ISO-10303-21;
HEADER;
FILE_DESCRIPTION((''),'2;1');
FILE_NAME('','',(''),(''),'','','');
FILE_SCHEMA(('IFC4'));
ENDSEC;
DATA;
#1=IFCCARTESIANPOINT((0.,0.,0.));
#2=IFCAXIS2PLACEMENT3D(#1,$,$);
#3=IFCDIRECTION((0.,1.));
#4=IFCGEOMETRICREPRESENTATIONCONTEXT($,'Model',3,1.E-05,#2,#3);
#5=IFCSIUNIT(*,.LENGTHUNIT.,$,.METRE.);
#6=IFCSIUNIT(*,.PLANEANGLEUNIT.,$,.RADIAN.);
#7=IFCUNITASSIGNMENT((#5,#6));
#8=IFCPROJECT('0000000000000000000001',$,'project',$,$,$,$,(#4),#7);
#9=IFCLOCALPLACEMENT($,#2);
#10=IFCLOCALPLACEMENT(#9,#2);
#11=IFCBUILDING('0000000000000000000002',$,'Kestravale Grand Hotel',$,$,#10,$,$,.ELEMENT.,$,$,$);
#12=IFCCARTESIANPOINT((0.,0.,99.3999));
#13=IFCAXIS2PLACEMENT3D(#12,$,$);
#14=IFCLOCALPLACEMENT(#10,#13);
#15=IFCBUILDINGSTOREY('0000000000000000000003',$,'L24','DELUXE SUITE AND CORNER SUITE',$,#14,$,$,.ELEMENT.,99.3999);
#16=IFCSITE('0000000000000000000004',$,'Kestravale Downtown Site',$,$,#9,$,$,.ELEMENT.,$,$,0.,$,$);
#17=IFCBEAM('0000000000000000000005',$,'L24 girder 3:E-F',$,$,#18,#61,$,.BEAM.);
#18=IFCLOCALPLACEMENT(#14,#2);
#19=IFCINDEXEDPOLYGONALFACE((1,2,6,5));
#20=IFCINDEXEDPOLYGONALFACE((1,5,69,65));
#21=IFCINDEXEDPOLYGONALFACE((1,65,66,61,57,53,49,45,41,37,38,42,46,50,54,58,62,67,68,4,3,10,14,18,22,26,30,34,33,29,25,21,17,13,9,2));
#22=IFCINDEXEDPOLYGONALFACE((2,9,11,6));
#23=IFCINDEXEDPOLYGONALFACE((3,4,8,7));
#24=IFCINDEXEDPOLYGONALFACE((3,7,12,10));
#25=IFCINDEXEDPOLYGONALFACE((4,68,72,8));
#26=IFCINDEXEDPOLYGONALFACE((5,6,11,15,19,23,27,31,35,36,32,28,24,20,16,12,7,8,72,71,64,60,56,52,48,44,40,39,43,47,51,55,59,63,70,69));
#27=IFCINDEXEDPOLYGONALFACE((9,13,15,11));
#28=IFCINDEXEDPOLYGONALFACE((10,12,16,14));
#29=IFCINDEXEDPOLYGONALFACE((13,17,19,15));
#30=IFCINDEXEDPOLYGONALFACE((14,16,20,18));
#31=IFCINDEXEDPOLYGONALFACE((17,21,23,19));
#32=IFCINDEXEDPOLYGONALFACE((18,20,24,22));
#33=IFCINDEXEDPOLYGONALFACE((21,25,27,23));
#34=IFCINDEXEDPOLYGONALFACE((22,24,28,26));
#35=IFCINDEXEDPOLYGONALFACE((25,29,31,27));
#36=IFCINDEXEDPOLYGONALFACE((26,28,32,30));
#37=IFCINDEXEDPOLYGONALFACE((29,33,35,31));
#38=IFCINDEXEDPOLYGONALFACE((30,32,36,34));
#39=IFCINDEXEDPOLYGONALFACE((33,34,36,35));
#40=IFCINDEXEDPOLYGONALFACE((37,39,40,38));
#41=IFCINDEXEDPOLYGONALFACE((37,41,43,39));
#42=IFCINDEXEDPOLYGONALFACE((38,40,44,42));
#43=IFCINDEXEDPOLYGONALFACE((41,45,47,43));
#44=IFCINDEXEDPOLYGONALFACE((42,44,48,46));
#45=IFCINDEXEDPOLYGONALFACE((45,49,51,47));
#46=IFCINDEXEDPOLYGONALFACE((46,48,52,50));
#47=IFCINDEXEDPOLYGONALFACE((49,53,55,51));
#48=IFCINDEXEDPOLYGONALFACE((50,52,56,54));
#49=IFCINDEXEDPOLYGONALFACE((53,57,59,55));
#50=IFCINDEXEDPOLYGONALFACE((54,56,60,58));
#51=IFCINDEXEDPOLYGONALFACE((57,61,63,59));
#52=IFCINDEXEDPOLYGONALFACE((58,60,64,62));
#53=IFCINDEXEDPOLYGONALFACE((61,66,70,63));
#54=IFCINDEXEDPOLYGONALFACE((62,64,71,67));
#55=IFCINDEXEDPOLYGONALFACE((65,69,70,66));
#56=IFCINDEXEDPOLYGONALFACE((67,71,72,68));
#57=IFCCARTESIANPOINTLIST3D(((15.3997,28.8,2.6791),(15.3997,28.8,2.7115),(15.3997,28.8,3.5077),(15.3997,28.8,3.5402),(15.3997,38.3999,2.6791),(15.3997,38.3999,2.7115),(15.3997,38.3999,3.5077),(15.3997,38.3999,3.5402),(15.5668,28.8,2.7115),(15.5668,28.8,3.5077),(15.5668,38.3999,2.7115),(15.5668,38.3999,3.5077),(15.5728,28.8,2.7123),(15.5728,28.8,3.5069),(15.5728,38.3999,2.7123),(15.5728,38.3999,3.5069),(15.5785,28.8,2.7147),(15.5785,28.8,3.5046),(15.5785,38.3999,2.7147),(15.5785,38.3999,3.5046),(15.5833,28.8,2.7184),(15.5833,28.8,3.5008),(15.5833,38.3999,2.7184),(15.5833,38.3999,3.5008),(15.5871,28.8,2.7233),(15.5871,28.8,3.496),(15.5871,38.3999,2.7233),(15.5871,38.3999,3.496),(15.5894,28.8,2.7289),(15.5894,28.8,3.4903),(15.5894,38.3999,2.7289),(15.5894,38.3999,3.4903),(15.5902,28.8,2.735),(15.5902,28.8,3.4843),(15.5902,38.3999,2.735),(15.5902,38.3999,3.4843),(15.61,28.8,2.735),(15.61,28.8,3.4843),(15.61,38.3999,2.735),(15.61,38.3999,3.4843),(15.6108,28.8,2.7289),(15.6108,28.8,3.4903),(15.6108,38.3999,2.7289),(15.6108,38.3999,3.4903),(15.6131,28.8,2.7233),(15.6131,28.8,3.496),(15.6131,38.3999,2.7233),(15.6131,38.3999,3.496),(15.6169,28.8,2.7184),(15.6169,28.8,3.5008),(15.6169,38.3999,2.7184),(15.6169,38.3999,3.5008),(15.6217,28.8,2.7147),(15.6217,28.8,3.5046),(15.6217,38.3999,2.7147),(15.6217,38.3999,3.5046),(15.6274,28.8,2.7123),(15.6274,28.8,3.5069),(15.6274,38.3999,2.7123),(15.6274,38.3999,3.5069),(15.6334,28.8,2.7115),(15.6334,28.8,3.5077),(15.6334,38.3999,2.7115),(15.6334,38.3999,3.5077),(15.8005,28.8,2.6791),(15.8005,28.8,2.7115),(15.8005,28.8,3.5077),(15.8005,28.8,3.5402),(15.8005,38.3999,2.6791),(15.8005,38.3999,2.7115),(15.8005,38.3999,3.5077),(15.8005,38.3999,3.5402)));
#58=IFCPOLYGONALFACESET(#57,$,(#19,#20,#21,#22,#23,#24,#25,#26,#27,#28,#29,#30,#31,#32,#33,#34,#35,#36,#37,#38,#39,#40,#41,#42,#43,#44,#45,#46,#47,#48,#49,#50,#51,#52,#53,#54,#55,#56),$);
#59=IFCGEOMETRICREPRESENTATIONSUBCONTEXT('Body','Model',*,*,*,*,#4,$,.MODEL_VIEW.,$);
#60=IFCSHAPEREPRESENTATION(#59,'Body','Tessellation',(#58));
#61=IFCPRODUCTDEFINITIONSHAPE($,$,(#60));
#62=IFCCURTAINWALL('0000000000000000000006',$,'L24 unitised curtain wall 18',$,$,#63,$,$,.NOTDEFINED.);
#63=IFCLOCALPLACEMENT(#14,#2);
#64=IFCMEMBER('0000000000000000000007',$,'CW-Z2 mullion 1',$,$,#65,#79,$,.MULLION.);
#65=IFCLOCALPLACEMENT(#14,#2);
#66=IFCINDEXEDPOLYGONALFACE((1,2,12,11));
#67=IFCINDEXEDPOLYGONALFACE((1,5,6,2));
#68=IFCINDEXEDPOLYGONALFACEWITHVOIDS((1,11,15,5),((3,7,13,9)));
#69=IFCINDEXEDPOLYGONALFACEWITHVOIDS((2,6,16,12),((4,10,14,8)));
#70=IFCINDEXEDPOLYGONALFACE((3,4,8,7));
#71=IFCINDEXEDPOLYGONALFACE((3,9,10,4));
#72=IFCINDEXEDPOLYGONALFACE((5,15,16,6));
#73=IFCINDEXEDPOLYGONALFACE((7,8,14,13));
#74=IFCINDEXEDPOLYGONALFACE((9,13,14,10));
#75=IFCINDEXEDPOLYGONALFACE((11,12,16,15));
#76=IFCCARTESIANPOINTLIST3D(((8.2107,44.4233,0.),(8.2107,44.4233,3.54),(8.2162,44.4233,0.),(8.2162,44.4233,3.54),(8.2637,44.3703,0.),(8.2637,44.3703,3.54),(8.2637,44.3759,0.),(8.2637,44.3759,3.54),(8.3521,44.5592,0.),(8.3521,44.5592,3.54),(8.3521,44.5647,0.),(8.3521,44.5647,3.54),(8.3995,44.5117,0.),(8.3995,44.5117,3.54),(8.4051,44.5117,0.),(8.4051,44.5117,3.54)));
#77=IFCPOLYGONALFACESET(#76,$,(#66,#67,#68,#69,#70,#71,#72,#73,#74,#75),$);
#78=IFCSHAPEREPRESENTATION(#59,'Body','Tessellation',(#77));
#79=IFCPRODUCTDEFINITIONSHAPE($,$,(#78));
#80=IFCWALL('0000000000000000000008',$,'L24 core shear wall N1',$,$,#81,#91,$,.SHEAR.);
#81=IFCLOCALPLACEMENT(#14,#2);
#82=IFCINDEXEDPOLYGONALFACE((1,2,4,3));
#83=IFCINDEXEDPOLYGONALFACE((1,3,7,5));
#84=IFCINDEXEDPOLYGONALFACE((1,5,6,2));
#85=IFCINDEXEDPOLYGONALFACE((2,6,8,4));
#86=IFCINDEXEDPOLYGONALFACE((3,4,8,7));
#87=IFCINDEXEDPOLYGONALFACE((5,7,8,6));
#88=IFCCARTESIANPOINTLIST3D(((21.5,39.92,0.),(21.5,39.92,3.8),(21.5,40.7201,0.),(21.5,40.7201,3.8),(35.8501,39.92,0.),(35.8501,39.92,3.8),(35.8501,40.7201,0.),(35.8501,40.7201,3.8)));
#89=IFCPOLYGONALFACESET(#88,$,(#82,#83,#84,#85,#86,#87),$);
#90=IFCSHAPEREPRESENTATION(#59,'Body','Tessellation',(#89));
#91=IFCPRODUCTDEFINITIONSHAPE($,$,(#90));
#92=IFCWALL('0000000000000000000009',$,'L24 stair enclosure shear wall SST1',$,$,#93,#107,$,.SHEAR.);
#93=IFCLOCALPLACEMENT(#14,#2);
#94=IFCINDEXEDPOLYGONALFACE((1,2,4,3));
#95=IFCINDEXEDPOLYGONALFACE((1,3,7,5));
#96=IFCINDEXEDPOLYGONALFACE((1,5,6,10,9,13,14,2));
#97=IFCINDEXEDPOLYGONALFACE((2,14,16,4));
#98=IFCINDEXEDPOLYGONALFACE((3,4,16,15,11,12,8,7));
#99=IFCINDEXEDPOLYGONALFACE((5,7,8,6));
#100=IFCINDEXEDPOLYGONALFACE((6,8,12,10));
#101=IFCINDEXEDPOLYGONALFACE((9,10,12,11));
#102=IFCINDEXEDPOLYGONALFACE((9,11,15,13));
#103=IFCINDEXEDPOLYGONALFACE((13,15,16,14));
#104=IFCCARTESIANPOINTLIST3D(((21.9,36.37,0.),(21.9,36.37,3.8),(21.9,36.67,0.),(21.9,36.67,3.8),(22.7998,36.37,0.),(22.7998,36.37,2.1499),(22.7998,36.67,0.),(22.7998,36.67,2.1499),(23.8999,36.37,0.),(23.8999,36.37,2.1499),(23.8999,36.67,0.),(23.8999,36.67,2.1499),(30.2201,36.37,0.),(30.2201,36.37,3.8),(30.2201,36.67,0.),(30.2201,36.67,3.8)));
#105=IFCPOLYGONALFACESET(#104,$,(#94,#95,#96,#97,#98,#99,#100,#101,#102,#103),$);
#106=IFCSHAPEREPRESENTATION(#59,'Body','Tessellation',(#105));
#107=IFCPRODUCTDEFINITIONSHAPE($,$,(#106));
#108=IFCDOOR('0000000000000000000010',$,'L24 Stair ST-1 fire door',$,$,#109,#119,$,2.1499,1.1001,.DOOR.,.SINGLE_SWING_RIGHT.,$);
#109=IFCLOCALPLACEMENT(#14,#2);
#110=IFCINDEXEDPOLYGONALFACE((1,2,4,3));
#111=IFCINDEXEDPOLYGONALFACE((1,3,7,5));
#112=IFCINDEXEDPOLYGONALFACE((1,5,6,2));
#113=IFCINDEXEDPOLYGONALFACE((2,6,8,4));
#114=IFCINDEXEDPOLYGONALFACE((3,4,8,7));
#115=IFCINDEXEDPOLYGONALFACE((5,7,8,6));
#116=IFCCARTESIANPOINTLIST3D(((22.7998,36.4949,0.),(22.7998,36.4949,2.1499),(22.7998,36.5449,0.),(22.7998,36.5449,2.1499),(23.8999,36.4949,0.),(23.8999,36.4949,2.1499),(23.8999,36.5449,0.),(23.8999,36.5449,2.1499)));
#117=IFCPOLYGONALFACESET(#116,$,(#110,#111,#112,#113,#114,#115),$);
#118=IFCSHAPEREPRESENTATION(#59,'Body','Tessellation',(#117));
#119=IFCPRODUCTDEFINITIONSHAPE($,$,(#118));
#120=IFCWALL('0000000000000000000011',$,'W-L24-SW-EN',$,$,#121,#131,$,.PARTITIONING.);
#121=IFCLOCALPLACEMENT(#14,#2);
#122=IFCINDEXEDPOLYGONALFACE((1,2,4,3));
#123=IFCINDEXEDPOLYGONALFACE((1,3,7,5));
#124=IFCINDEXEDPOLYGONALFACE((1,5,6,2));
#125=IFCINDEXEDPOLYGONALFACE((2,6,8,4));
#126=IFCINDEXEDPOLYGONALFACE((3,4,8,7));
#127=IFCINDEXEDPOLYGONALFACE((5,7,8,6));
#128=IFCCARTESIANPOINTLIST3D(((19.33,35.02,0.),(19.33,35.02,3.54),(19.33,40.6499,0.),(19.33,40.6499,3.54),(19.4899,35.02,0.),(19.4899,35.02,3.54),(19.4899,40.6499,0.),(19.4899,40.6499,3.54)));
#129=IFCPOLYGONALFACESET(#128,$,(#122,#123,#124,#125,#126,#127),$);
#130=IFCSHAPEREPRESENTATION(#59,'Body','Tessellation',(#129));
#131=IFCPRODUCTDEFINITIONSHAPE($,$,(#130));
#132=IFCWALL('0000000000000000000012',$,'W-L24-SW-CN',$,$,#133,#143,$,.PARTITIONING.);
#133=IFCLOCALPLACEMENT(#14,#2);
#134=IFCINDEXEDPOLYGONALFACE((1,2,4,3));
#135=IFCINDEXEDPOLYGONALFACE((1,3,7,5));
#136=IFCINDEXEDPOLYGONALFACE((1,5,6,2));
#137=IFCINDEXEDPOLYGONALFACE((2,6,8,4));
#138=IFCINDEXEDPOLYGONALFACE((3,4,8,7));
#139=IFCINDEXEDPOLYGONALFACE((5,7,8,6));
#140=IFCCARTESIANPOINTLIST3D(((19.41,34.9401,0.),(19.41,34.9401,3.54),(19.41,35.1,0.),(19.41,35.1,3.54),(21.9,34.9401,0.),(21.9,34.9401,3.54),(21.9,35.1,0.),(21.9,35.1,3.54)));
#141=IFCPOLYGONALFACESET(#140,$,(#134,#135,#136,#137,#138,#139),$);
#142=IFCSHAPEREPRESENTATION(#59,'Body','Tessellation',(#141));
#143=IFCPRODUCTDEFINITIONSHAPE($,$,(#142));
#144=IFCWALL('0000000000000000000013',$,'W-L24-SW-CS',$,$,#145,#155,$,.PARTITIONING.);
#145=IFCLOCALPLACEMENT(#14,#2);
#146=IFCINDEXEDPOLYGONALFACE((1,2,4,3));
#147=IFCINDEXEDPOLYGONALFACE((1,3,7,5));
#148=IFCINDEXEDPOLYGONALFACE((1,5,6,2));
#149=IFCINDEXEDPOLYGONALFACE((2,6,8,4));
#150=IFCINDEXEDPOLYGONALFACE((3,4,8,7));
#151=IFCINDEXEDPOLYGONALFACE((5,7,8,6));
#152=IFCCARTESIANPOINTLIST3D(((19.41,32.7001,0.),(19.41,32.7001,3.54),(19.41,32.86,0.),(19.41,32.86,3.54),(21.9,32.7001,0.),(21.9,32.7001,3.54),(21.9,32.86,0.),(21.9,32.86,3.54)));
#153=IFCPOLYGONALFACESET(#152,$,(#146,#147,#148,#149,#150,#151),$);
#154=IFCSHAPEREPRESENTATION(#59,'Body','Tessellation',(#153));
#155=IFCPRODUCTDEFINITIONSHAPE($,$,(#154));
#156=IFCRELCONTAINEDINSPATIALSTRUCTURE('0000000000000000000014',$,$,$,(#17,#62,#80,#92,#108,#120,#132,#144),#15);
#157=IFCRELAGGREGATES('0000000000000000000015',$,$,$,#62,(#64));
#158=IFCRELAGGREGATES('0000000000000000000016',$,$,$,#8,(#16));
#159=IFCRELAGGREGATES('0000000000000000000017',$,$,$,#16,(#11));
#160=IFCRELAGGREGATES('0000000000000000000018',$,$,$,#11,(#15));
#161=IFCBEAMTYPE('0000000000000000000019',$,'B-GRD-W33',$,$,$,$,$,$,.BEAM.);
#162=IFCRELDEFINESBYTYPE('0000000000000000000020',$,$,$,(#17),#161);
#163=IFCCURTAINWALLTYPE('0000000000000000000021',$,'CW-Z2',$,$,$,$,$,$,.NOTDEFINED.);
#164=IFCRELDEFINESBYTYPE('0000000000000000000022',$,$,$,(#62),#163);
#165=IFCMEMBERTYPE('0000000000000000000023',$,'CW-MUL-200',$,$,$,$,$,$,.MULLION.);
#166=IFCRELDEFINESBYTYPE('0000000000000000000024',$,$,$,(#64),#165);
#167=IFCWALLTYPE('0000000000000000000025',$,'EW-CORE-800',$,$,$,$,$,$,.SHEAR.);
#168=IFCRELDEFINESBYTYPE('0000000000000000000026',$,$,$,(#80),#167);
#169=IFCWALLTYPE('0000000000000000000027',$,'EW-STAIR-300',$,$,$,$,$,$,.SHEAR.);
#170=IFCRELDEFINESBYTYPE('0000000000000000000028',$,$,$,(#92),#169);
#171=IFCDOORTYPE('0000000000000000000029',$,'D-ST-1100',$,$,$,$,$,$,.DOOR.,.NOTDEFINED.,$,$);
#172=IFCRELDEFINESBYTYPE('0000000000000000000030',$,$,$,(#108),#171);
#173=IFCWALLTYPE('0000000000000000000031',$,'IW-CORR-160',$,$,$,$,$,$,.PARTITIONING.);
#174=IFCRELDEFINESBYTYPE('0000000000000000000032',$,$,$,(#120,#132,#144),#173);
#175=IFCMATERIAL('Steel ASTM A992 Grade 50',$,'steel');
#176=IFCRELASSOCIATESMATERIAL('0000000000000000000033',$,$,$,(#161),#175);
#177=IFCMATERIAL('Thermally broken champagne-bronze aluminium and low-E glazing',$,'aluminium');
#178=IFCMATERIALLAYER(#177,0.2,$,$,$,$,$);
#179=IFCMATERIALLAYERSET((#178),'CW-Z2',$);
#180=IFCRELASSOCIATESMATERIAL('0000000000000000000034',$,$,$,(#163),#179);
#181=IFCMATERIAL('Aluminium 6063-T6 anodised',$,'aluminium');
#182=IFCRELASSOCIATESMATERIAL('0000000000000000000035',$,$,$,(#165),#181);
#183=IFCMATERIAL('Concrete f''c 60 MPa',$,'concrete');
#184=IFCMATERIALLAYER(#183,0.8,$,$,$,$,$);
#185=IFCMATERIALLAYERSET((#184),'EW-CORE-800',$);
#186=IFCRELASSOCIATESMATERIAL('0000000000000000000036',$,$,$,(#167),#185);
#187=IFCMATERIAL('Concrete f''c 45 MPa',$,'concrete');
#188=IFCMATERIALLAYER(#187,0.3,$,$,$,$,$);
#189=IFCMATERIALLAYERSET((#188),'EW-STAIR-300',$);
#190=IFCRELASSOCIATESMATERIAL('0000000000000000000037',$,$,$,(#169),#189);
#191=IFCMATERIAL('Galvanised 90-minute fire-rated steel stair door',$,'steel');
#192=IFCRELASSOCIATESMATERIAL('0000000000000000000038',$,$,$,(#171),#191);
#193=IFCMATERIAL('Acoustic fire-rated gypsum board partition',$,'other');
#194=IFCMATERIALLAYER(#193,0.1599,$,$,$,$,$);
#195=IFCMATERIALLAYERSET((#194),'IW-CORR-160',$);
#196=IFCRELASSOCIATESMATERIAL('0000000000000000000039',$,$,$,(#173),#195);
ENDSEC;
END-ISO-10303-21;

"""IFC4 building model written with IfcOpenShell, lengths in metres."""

from ifc_helpers import new_model, si_unit, direction, frame, frame_2d, origin, origin_2d, place, context, subcontext, project, spatial, rectangle, hollow_rectangle, i_section, extrude, material, layer, layer_set, material_profile, profile_set, type_object, element, fill, aggregate, save


model = new_model("IFC4")

# Units and contexts
model_context = context("Model", 3, precision=1e-05, world=origin(), true_north=direction((0.0, 1.0)))
body_context = subcontext(model_context, "Body", "Model", "MODEL_VIEW")
ifc_project = project(units=[si_unit("LENGTHUNIT", "METRE"), si_unit("PLANEANGLEUNIT", "RADIAN")], contexts=[model_context])

# Site, building, storey
site_placement = place(None, origin())
site = spatial("IfcSite", under=ifc_project, at=site_placement, Name="Kestravale Downtown Site", CompositionType="ELEMENT", RefElevation=0.0)
building_placement = place(site_placement, origin())
building = spatial("IfcBuilding", under=site, at=building_placement, Name="Kestravale Grand Hotel", CompositionType="ELEMENT")
storey_placement = place(building_placement, frame((0.0, 0.0, 99.3999)))
storey = spatial("IfcBuildingStorey", under=building, at=storey_placement, Name="L24", Description="DELUXE SUITE AND CORNER SUITE", CompositionType="ELEMENT", Elevation=99.3999)

# Beam
ifc_material_1 = material(Name="Steel ASTM A992 Grade 50", Category="steel")
ifc_material_profile_1 = material_profile(ifc_material_1, i_section(OverallWidth=0.4009, OverallDepth=0.8611, WebThickness=0.0198, FlangeThickness=0.0325, FilletRadius=0.0234, at=origin_2d()))
ifc_profile_set_1 = profile_set([ifc_material_profile_1], Name="Steel ASTM A992 Grade 50")
beam_type_1 = type_object("IfcBeamType", Name="B-GRD-W33", PredefinedType="BEAM", material=ifc_profile_set_1)
beam_1_placement = place(storey_placement, frame((15.6001, 28.8, 3.1096), z_axis=(0.0, 1.0, 0.0), x_axis=(-1.0, 0.0, 0.0)))
element("IfcBeam", 1, at=beam_1_placement, inside=storey, type_object=beam_type_1, Name="L24 girder 3:E-F", PredefinedType="BEAM", context=body_context, shape_type="SweptSolid", body=[
    extrude(i_section(OverallWidth=0.4009, OverallDepth=0.8611, WebThickness=0.0198, FlangeThickness=0.0325, FilletRadius=0.0234, at=origin_2d()), origin(), (0.0, 0.0, 1.0), 9.5999),
])

# Curtain wall, member
ifc_material_2 = material(Name="Thermally broken champagne-bronze aluminium and low-E glazing", Category="aluminium")
ifc_layer_1 = layer(ifc_material_2, 0.2)
ifc_layer_set_1 = layer_set([ifc_layer_1], Name="CW-Z2")
curtain_wall_type = type_object("IfcCurtainWallType", Name="CW-Z2", PredefinedType="NOTDEFINED", material=ifc_layer_set_1)
curtain_wall_placement = place(storey_placement, origin())
curtain_wall = element("IfcCurtainWall", 2, at=curtain_wall_placement, inside=storey, type_object=curtain_wall_type, Name="L24 unitised curtain wall 18", PredefinedType="NOTDEFINED")
ifc_material_3 = material(Name="Aluminium 6063-T6 anodised", Category="aluminium")
ifc_material_profile_2 = material_profile(ifc_material_3, hollow_rectangle(XDim=0.075, YDim=0.2, WallThickness=0.0039, at=origin_2d()))
ifc_profile_set_2 = profile_set([ifc_material_profile_2], Name="Aluminium 6063-T6 anodised")
member_type = type_object("IfcMemberType", Name="CW-MUL-200", PredefinedType="MULLION", material=ifc_profile_set_2)
member_placement = place(storey_placement, frame((8.3079, 44.4675, 0.0), z_axis=(0.0, 0.0, 1.0), x_axis=(0.707107, -0.707107, 0.0)))
member = element("IfcMember", 3, at=member_placement, type_object=member_type, Name="CW-Z2 mullion 1", PredefinedType="MULLION", context=body_context, shape_type="SweptSolid", body=[
    extrude(hollow_rectangle(XDim=0.075, YDim=0.2, WallThickness=0.0039, at=origin_2d()), origin(), (0.0, 0.0, 1.0), 3.54),
])
aggregate(curtain_wall, [member])

# Wall
ifc_material_4 = material(Name="Concrete f'c 60 MPa", Category="concrete")
ifc_layer_2 = layer(ifc_material_4, 0.8)
ifc_layer_set_2 = layer_set([ifc_layer_2], Name="EW-CORE-800")
wall_type_1 = type_object("IfcWallType", Name="EW-CORE-800", PredefinedType="SHEAR", material=ifc_layer_set_2)
wall_1_placement = place(storey_placement, frame((21.5, 40.3201, 0.0), z_axis=(0.0, 0.0, 1.0), x_axis=(1.0, 0.0, 0.0)))
element("IfcWall", 4, at=wall_1_placement, inside=storey, type_object=wall_type_1, Name="L24 core shear wall N1", PredefinedType="SHEAR", context=body_context, shape_type="SweptSolid", body=[
    extrude(rectangle(XDim=14.3501, YDim=0.8, at=frame_2d((7.175, 0.0))), origin(), (0.0, 0.0, 1.0), 3.8),
])

# Wall, opening, door
ifc_material_5 = material(Name="Concrete f'c 45 MPa", Category="concrete")
ifc_layer_3 = layer(ifc_material_5, 0.3)
ifc_layer_set_3 = layer_set([ifc_layer_3], Name="EW-STAIR-300")
wall_type_2 = type_object("IfcWallType", Name="EW-STAIR-300", PredefinedType="SHEAR", material=ifc_layer_set_3)
wall_2_placement = place(storey_placement, frame((21.8999, 36.52, 0.0), z_axis=(0.0, 0.0, 1.0), x_axis=(1.0, 0.0, 0.0)))
wall_2 = element("IfcWall", 5, at=wall_2_placement, inside=storey, type_object=wall_type_2, Name="L24 stair enclosure shear wall SST1", PredefinedType="SHEAR", context=body_context, shape_type="SweptSolid", body=[
    extrude(rectangle(XDim=8.3201, YDim=0.3, at=frame_2d((4.1602, 0.0))), origin(), (0.0, 0.0, 1.0), 3.8),
])
opening_1_placement = place(wall_2_placement, frame((0.8999, 0.0, 0.0)))
opening_1 = element("IfcOpeningElement", 6, at=opening_1_placement, cuts=wall_2, PredefinedType="OPENING", context=body_context, shape_type="SweptSolid", body=[
    extrude(rectangle(XDim=1.1001, YDim=2.1499, at=frame_2d((0.55, 1.075))), frame((0.0, 0.1599, 0.0), z_axis=(0.0, -1.0, 0.0), x_axis=(1.0, 0.0, 0.0)), (0.0, 0.0, 1.0), 0.3201),
])
ifc_material_6 = material(Name="Galvanised 90-minute fire-rated steel stair door", Category="steel")
door_type_1 = type_object("IfcDoorType", Name="D-ST-1100", OperationType="NOTDEFINED", PredefinedType="DOOR", material=ifc_material_6)
door_1_placement = place(opening_1_placement, origin())
door_1 = element("IfcDoor", 7, at=door_1_placement, inside=storey, type_object=door_type_1, Name="L24 Stair ST-1 fire door", OperationType="SINGLE_SWING_RIGHT", OverallHeight=2.1499, OverallWidth=1.1001, PredefinedType="DOOR", context=body_context, shape_type="SweptSolid", body=[
    extrude(rectangle(XDim=1.1001, YDim=2.1499, at=frame_2d((0.55, 1.075))), frame((0.0, 0.0249, 0.0), z_axis=(0.0, -1.0, 0.0), x_axis=(1.0, 0.0, 0.0)), (0.0, 0.0, 1.0), 0.05),
])
fill(opening_1, door_1)

# Walls
ifc_material_7 = material(Name="Acoustic fire-rated gypsum board partition", Category="other")
ifc_layer_4 = layer(ifc_material_7, 0.1599)
ifc_layer_set_4 = layer_set([ifc_layer_4], Name="IW-CORR-160")
wall_type_3 = type_object("IfcWallType", Name="IW-CORR-160", PredefinedType="PARTITIONING", material=ifc_layer_set_4)
wall_3_placement = place(storey_placement, frame((19.4099, 35.02, 0.0), z_axis=(0.0, 0.0, 1.0), x_axis=(0.0, 1.0, 0.0)))
element("IfcWall", 8, at=wall_3_placement, inside=storey, type_object=wall_type_3, Name="W-L24-SW-EN", PredefinedType="PARTITIONING", context=body_context, shape_type="SweptSolid", body=[
    extrude(rectangle(XDim=5.6299, YDim=0.1599, at=frame_2d((2.8149, 0.0))), origin(), (0.0, 0.0, 1.0), 3.54),
])
for number, where, z_axis, x_axis, name in (
    (9, (19.4099, 35.02, 0.0), (0.0, 0.0, 1.0), (1.0, 0.0, 0.0), "W-L24-SW-CN"),
    (10, (19.4099, 32.78, 0.0), (0.0, 0.0, 1.0), (1.0, 0.0, 0.0), "W-L24-SW-CS"),
):
    element("IfcWall", number, at=place(storey_placement, frame(where, z_axis=z_axis, x_axis=x_axis)), inside=storey, type_object=wall_type_3, Name=name, PredefinedType="PARTITIONING", context=body_context, shape_type="SweptSolid", body=[
        extrude(rectangle(XDim=2.49, YDim=0.1599, at=frame_2d((1.2451, 0.0))), origin(), (0.0, 0.0, 1.0), 3.54),
    ])

save(model, "model.ifc")
